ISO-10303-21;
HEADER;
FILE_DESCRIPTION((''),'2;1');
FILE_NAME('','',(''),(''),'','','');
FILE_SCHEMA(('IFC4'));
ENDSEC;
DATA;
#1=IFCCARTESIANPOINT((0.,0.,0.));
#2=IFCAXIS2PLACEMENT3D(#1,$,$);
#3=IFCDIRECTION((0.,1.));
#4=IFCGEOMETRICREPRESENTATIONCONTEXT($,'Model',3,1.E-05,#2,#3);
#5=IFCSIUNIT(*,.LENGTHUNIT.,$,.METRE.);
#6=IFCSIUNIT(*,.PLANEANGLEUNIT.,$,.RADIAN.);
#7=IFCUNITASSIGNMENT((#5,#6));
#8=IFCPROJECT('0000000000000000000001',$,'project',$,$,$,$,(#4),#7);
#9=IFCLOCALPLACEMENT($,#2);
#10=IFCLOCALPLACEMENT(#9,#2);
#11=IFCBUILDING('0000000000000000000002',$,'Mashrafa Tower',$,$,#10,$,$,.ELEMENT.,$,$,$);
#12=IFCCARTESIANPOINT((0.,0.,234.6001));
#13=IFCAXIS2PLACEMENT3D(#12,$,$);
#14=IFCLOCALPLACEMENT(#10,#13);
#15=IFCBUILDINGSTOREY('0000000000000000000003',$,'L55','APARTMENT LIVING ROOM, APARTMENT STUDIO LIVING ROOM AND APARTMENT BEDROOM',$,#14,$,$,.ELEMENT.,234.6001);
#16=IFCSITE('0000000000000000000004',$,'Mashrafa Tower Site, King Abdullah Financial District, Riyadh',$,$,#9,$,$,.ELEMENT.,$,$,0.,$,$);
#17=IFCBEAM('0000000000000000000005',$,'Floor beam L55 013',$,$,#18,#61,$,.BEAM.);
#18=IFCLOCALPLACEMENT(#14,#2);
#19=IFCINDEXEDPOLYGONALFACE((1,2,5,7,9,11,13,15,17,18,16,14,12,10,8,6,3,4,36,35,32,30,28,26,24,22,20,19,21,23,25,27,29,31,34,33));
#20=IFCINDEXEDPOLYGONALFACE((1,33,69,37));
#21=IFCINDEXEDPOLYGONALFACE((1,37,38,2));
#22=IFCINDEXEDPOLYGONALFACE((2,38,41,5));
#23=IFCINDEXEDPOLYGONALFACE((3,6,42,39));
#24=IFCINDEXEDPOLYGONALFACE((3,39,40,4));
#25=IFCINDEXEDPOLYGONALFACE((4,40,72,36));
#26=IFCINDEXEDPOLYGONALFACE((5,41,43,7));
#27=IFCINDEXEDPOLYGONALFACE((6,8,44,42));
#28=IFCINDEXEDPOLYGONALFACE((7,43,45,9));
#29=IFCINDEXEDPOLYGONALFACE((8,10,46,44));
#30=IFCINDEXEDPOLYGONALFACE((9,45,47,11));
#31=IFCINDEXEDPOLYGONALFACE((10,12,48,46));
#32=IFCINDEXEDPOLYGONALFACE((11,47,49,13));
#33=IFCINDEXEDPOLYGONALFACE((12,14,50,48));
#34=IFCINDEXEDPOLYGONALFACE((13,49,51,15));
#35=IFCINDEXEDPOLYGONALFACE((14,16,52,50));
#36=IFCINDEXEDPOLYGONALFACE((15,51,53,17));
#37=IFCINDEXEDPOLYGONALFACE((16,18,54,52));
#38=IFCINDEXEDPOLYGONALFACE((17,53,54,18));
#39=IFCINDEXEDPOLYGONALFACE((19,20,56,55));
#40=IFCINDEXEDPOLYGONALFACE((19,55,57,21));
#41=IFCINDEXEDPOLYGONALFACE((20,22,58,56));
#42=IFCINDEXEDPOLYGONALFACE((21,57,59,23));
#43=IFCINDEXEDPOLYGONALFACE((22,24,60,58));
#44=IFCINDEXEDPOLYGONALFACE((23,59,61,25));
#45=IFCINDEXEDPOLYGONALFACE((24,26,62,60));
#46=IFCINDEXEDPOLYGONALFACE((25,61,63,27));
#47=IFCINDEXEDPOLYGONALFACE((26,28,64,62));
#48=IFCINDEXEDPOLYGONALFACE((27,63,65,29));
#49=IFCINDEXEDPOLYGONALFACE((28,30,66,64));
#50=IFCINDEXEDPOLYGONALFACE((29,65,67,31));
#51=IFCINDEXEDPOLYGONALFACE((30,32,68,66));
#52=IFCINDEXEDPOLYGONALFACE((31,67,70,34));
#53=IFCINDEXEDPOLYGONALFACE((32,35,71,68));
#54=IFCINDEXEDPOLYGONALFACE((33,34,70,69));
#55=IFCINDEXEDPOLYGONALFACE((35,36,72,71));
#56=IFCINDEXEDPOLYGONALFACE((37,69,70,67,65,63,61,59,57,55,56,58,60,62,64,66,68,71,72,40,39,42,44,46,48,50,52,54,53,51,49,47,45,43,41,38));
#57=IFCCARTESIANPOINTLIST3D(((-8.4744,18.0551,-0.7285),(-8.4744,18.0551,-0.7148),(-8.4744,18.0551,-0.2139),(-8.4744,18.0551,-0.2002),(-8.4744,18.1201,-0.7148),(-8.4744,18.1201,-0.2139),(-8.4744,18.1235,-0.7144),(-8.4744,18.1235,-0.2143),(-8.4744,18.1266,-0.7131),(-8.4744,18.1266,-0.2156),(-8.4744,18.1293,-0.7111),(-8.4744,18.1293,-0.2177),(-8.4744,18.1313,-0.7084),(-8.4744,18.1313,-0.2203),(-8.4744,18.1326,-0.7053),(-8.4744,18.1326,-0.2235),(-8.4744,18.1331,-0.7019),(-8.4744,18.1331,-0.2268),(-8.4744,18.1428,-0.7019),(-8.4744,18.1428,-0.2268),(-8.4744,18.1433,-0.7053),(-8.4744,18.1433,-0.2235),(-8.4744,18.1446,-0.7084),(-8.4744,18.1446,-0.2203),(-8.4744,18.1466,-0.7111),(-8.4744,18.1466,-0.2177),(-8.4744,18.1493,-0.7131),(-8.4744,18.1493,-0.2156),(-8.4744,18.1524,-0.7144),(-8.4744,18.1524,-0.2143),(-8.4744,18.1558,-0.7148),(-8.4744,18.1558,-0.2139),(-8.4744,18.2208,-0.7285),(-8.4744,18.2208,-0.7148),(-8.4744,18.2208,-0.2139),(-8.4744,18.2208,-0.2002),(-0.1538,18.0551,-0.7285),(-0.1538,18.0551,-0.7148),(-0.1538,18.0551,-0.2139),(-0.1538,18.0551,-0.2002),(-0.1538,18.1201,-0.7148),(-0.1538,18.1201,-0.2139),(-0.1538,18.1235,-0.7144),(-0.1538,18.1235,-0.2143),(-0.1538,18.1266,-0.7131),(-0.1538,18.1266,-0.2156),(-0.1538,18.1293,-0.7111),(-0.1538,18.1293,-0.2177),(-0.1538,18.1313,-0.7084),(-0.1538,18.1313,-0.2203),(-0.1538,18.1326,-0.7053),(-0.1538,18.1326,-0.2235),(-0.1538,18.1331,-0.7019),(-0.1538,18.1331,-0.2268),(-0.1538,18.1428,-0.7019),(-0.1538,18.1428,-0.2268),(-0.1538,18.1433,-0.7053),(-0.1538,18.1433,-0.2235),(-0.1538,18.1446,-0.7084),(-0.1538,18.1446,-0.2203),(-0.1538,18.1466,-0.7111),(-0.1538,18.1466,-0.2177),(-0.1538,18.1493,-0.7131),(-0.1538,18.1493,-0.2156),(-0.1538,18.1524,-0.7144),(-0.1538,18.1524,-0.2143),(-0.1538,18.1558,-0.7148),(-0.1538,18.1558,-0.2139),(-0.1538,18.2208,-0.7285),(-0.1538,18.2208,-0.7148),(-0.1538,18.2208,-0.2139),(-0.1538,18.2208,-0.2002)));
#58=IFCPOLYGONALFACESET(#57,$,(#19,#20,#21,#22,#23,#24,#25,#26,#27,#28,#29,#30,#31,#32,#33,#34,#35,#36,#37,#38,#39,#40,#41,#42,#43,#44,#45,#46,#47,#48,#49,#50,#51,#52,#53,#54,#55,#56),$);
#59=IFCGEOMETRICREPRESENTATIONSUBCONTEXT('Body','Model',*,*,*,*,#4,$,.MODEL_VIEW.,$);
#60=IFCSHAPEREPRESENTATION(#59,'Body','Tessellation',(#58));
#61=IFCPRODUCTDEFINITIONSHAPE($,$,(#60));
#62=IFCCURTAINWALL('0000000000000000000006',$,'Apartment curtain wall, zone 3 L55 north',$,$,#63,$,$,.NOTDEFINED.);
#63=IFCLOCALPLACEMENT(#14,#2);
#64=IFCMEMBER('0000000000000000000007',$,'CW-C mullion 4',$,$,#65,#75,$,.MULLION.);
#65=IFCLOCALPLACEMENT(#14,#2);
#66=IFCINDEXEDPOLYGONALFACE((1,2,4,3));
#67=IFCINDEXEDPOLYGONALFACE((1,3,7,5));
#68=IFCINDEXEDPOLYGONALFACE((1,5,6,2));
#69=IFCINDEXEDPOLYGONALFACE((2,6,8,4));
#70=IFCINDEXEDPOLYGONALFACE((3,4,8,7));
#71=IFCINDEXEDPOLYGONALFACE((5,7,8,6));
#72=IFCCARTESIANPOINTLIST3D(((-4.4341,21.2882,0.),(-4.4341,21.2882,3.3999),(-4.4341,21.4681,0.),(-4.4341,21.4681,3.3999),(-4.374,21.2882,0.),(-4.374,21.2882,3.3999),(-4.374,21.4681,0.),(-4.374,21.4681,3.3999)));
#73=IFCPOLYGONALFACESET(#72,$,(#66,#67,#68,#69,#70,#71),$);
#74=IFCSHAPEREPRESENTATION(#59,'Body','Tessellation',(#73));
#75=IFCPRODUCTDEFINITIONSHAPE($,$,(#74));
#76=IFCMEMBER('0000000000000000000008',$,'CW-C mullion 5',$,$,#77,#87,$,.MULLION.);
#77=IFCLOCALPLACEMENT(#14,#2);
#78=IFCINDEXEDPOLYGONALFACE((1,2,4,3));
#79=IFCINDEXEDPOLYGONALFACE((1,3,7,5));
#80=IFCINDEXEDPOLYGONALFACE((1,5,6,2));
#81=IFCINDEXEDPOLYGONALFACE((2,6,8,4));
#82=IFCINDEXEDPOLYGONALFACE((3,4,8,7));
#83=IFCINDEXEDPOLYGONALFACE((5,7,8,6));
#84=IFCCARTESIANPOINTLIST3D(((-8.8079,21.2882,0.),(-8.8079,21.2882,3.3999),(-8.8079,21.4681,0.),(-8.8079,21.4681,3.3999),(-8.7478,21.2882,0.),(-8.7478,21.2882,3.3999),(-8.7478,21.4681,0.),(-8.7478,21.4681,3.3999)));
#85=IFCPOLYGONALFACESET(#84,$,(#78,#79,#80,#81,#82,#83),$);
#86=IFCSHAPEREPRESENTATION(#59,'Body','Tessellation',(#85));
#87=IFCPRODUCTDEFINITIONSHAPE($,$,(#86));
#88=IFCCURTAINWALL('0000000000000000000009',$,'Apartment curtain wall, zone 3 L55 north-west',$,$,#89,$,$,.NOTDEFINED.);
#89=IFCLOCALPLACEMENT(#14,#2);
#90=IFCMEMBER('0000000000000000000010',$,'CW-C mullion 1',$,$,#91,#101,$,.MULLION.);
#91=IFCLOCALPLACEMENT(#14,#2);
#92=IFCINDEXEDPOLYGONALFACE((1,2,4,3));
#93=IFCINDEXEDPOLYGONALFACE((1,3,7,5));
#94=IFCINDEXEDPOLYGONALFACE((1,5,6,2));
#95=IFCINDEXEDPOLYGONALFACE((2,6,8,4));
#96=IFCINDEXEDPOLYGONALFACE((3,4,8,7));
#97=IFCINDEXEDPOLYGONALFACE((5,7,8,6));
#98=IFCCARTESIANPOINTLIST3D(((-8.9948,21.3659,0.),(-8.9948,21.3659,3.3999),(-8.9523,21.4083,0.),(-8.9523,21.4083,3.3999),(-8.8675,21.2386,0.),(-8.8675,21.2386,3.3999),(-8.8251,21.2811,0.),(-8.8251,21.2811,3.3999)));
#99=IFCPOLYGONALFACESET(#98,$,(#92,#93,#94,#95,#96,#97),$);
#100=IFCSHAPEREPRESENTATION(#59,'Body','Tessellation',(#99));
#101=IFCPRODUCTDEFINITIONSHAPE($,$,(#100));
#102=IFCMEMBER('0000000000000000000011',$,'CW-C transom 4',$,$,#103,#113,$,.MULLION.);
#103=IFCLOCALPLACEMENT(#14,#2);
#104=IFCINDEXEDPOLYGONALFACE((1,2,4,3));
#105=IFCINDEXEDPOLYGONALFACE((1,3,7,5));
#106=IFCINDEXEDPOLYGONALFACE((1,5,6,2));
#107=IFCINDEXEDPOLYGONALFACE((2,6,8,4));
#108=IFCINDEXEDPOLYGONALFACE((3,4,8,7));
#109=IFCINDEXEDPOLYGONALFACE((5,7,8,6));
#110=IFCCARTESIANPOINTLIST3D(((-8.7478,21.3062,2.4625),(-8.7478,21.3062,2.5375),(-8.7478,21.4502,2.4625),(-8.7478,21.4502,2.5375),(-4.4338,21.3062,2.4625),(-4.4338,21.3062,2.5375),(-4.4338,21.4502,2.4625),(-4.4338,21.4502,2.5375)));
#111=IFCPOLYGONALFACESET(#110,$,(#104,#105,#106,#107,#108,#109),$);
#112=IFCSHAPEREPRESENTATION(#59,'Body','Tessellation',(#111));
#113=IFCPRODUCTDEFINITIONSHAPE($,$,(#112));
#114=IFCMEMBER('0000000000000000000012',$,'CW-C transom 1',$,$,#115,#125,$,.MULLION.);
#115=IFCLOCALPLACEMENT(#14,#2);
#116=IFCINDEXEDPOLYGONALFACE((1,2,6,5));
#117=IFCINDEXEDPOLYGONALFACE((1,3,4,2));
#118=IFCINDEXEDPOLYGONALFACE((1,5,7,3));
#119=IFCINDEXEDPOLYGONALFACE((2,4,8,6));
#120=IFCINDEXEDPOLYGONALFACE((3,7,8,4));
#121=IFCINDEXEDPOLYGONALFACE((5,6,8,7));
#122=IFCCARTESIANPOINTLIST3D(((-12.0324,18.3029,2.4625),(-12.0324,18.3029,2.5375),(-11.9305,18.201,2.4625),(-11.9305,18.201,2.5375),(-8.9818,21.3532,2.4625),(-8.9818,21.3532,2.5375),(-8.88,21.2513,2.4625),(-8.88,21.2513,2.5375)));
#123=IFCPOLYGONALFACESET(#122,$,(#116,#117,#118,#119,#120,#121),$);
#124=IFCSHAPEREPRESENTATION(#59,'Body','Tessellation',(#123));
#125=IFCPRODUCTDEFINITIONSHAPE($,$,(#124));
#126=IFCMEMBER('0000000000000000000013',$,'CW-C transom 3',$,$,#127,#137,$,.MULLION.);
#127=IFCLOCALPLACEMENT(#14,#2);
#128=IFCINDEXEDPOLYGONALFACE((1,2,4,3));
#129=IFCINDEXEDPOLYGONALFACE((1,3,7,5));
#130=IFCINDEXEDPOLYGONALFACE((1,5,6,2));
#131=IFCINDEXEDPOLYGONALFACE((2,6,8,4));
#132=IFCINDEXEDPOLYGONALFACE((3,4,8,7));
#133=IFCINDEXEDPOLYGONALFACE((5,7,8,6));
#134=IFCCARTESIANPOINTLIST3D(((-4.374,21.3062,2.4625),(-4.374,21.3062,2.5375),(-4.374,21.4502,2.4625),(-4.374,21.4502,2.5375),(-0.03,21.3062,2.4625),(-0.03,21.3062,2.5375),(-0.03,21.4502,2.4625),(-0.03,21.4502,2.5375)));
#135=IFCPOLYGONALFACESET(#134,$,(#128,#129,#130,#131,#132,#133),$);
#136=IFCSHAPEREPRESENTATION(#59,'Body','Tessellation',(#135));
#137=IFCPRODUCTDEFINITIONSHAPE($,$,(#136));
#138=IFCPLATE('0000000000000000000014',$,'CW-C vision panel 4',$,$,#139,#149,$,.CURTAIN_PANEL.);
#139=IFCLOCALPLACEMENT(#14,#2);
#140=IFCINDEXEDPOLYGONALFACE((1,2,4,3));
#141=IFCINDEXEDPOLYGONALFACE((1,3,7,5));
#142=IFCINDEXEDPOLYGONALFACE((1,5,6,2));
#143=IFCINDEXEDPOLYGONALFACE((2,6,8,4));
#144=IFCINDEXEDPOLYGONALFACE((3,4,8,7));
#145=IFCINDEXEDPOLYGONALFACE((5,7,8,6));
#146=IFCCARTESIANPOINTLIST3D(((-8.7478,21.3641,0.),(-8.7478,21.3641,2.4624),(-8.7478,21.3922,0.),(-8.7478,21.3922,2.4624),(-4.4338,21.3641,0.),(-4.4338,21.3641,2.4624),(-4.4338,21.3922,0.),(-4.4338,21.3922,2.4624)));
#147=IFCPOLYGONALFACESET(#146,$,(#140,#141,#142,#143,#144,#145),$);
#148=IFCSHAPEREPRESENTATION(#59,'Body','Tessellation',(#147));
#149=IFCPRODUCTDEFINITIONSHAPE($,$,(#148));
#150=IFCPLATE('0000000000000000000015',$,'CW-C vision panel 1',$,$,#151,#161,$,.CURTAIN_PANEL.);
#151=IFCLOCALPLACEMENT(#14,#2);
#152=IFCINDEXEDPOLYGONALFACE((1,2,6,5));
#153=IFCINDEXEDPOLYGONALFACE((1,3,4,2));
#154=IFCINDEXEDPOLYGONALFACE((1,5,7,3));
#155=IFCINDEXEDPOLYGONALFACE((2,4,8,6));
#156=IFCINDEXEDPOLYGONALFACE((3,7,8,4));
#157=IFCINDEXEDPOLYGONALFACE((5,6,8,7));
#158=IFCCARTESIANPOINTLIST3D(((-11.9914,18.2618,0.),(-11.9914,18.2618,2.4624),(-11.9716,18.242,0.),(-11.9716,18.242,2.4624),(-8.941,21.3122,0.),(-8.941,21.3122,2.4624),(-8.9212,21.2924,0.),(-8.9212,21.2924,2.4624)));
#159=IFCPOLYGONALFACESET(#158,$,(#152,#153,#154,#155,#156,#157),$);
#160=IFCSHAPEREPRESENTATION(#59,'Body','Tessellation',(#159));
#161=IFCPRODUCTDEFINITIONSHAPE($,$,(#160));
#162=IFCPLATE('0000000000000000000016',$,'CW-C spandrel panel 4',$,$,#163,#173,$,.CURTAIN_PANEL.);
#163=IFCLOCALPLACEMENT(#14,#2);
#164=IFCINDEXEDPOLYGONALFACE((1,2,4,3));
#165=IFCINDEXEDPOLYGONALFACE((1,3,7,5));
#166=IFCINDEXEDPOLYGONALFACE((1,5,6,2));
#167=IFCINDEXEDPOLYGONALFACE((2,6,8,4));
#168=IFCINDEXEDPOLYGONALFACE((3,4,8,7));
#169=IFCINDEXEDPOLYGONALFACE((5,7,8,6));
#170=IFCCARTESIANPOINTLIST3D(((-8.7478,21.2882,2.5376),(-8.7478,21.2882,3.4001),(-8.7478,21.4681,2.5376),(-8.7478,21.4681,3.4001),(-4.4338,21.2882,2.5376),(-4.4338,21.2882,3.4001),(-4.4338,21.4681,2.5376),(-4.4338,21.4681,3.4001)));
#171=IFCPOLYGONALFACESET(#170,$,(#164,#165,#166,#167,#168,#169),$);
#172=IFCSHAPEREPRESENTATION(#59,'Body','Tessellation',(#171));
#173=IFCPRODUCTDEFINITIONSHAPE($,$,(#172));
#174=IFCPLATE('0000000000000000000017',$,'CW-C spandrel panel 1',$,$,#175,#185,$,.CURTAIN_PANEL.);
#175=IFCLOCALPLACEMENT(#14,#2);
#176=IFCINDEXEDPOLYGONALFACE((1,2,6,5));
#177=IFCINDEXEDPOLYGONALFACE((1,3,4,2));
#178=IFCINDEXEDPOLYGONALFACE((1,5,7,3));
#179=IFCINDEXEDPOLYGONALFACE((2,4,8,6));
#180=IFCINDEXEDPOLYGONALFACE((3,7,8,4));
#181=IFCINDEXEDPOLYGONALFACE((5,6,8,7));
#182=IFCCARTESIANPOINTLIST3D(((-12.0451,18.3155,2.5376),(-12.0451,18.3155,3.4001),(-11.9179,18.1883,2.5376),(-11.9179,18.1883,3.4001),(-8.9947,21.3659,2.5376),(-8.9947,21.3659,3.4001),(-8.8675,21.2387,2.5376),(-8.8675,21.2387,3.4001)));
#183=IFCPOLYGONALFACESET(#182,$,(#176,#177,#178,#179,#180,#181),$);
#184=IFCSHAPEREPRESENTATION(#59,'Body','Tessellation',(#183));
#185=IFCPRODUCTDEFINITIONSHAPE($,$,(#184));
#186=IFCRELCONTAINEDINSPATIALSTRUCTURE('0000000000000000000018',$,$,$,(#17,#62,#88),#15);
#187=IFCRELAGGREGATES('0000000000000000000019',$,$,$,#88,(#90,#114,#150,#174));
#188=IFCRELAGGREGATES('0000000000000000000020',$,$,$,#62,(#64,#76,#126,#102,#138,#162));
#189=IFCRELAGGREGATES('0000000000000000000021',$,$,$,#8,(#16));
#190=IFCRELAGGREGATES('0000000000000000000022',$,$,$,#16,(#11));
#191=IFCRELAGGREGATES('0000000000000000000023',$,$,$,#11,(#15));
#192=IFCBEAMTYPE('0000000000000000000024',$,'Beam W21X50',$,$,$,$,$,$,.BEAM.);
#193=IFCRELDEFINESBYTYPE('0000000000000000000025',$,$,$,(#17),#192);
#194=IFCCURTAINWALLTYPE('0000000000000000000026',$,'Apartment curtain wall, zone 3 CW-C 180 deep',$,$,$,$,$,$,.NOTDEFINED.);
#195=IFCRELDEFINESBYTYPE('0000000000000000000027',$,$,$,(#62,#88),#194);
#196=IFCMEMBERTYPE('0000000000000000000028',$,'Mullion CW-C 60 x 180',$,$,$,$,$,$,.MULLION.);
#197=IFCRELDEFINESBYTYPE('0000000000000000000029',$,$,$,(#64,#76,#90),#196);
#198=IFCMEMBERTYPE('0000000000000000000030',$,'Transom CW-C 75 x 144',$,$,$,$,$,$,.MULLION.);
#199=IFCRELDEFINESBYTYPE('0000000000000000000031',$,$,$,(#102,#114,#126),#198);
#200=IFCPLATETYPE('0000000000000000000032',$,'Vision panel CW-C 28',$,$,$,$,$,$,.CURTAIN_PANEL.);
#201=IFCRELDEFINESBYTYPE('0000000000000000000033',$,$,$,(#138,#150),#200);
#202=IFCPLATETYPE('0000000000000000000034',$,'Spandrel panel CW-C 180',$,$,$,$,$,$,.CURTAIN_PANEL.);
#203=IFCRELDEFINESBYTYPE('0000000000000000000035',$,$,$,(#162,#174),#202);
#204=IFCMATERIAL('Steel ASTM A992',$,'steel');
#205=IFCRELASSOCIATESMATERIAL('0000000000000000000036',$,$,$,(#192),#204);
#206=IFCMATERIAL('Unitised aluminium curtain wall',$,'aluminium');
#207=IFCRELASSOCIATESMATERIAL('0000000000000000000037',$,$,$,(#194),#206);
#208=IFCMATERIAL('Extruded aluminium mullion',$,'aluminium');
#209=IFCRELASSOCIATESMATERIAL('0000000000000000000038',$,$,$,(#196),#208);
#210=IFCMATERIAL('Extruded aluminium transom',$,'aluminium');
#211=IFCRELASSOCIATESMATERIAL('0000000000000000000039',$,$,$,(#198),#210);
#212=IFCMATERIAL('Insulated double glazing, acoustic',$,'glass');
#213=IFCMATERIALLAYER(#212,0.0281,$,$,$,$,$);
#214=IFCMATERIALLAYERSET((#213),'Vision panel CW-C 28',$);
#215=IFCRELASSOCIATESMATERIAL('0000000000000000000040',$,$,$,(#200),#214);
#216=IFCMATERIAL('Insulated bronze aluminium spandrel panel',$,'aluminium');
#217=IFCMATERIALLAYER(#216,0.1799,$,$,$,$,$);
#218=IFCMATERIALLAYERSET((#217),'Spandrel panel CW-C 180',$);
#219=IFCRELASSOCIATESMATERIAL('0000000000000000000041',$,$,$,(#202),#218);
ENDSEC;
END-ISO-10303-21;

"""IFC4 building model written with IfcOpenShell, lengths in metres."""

from ifc_helpers import new_model, si_unit, direction, frame, origin, origin_2d, place, context, subcontext, project, spatial, rectangle, i_section, extrude, source, transform, mapped, material, layer, layer_set, material_profile, profile_set, type_object, type_shapes, element, aggregate, save


model = new_model("IFC4")

# Units and contexts
model_context = context("Model", 3, precision=1e-05, world=origin(), true_north=direction((0.0, 1.0)))
body_context = subcontext(model_context, "Body", "Model", "MODEL_VIEW")
ifc_project = project(units=[si_unit("LENGTHUNIT", "METRE"), si_unit("PLANEANGLEUNIT", "RADIAN")], contexts=[model_context])

# Site, building, storey
site_placement = place(None, origin())
site = spatial("IfcSite", under=ifc_project, at=site_placement, Name="Mashrafa Tower Site, King Abdullah Financial District, Riyadh", CompositionType="ELEMENT", RefElevation=0.0)
building_placement = place(site_placement, origin())
building = spatial("IfcBuilding", under=site, at=building_placement, Name="Mashrafa Tower", CompositionType="ELEMENT")
storey_placement = place(building_placement, frame((0.0, 0.0, 234.6001)))
storey = spatial("IfcBuildingStorey", under=building, at=storey_placement, Name="L55", Description="APARTMENT LIVING ROOM, APARTMENT STUDIO LIVING ROOM AND APARTMENT BEDROOM", CompositionType="ELEMENT", Elevation=234.6001)

# Beam
ifc_material_1 = material(Name="Steel ASTM A992", Category="steel")
ifc_material_profile_1 = material_profile(ifc_material_1, i_section(OverallWidth=0.1658, OverallDepth=0.5283, WebThickness=0.0098, FlangeThickness=0.0137, FilletRadius=0.0129, at=origin_2d()), Name="W21X50")
ifc_profile_set_1 = profile_set([ifc_material_profile_1], Name="Steel ASTM A992")
beam_type_1 = type_object("IfcBeamType", Name="Beam W21X50", PredefinedType="BEAM", material=ifc_profile_set_1)
beam_1_placement = place(storey_placement, frame((-8.4744, 18.1379, -0.4644), z_axis=(1.0, 0.0, 0.0), x_axis=(0.0, 1.0, 0.0)))
element("IfcBeam", 1, at=beam_1_placement, inside=storey, type_object=beam_type_1, Name="Floor beam L55 013", PredefinedType="BEAM", context=body_context, shape_type="SweptSolid", body=[
    extrude(i_section(OverallWidth=0.1658, OverallDepth=0.5283, WebThickness=0.0098, FlangeThickness=0.0137, FilletRadius=0.0129, at=origin_2d()), origin(), (0.0, 0.0, 1.0), 8.3206),
])

# Curtain wall, members
ifc_material_2 = material(Name="Unitised aluminium curtain wall", Category="aluminium")
curtain_wall_type = type_object("IfcCurtainWallType", Name="Apartment curtain wall, zone 3 CW-C 180 deep", PredefinedType="NOTDEFINED", material=ifc_material_2)
curtain_wall_1_placement = place(storey_placement, origin())
curtain_wall_1 = element("IfcCurtainWall", 2, at=curtain_wall_1_placement, inside=storey, type_object=curtain_wall_type, Name="Apartment curtain wall, zone 3 L55 north", PredefinedType="NOTDEFINED")
ifc_material_3 = material(Name="Extruded aluminium mullion", Category="aluminium")
ifc_material_profile_2 = material_profile(ifc_material_3, rectangle(XDim=0.1799, YDim=0.0601, at=origin_2d()), Name="Mullion 60x180")
ifc_profile_set_2 = profile_set([ifc_material_profile_2], Name="Extruded aluminium mullion")
member_type_1 = type_object("IfcMemberType", Name="Mullion CW-C 60 x 180", PredefinedType="MULLION", material=ifc_profile_set_2)
shared_shape_1 = source(origin(), body_context, "Body", "SweptSolid", [
    extrude(rectangle(XDim=0.1799, YDim=0.0601, at=origin_2d()), origin(), (0.0, 0.0, 1.0), 3.3999),
])
type_shapes(member_type_1, [shared_shape_1])
member_1_placement = place(storey_placement, frame((-4.4041, 21.3782, 0.0), z_axis=(0.0, 0.0, 1.0), x_axis=(0.0, -1.0, 0.0)))
member_1 = element("IfcMember", 3, at=member_1_placement, type_object=member_type_1, Name="CW-C mullion 4", PredefinedType="MULLION", context=body_context, shape_type="MappedRepresentation", body=[
    mapped(shared_shape_1, transform((0.0, 0.0, 0.0))),
])
member_2_placement = place(storey_placement, frame((-8.7778, 21.3782, 0.0), z_axis=(0.0, 0.0, 1.0), x_axis=(0.0, -1.0, 0.0)))
member_2 = element("IfcMember", 4, at=member_2_placement, type_object=member_type_1, Name="CW-C mullion 5", PredefinedType="MULLION", context=body_context, shape_type="MappedRepresentation", body=[
    mapped(shared_shape_1, transform((0.0, 0.0, 0.0))),
])

# Curtain wall, member
curtain_wall_2_placement = place(storey_placement, origin())
curtain_wall_2 = element("IfcCurtainWall", 5, at=curtain_wall_2_placement, inside=storey, type_object=curtain_wall_type, Name="Apartment curtain wall, zone 3 L55 north-west", PredefinedType="NOTDEFINED")
member_3_placement = place(storey_placement, frame((-8.9099, 21.3235, 0.0), z_axis=(0.0, 0.0, 1.0), x_axis=(0.707107, -0.707107, 0.0)))
member_3 = element("IfcMember", 6, at=member_3_placement, type_object=member_type_1, Name="CW-C mullion 1", PredefinedType="MULLION", context=body_context, shape_type="MappedRepresentation", body=[
    mapped(shared_shape_1, transform((0.0, 0.0, 0.0))),
])

# Members
ifc_material_4 = material(Name="Extruded aluminium transom", Category="aluminium")
ifc_material_profile_3 = material_profile(ifc_material_4, rectangle(XDim=0.144, YDim=0.075, at=origin_2d()), Name="Transom 75x144")
ifc_profile_set_3 = profile_set([ifc_material_profile_3], Name="Extruded aluminium transom")
member_type_2 = type_object("IfcMemberType", Name="Transom CW-C 75 x 144", PredefinedType="MULLION", material=ifc_profile_set_3)
shared_shape_2 = source(origin(), body_context, "Body", "SweptSolid", [
    extrude(rectangle(XDim=0.144, YDim=0.075, at=origin_2d()), origin(), (0.0, 0.0, 1.0), 4.314),
])
member_4_placement = place(storey_placement, frame((-4.4338, 21.3782, 2.5), z_axis=(-1.0, 0.0, 0.0), x_axis=(0.0, -1.0, 0.0)))
member_4 = element("IfcMember", 7, at=member_4_placement, type_object=member_type_2, Name="CW-C transom 4", PredefinedType="MULLION", context=body_context, shape_type="MappedRepresentation", body=[
    mapped(shared_shape_2, transform((0.0, 0.0, 0.0))),
])
member_5_placement = place(storey_placement, frame((-8.9309, 21.3022, 2.5), z_axis=(-0.707135, -0.707078, 0.0), x_axis=(0.707078, -0.707135, 0.0)))
member_5 = element("IfcMember", 8, at=member_5_placement, type_object=member_type_2, Name="CW-C transom 1", PredefinedType="MULLION", context=body_context, shape_type="MappedRepresentation", body=[
    mapped(shared_shape_2, transform((0.0, 0.0, 0.0))),
])
shared_shape_3 = source(origin(), body_context, "Body", "SweptSolid", [
    extrude(rectangle(XDim=0.144, YDim=0.075, at=origin_2d()), origin(), (0.0, 0.0, 1.0), 4.344),
])
type_shapes(member_type_2, [shared_shape_2, shared_shape_3])
member_6_placement = place(storey_placement, frame((-0.03, 21.3782, 2.5), z_axis=(-1.0, 0.0, 0.0), x_axis=(0.0, -1.0, 0.0)))
member_6 = element("IfcMember", 9, at=member_6_placement, type_object=member_type_2, Name="CW-C transom 3", PredefinedType="MULLION", context=body_context, shape_type="MappedRepresentation", body=[
    mapped(shared_shape_3, transform((0.0, 0.0, 0.0))),
])

# Plates
ifc_material_5 = material(Name="Insulated double glazing, acoustic", Category="glass")
ifc_layer_1 = layer(ifc_material_5, 0.0281)
ifc_layer_set_1 = layer_set([ifc_layer_1], Name="Vision panel CW-C 28")
plate_type_1 = type_object("IfcPlateType", Name="Vision panel CW-C 28", PredefinedType="CURTAIN_PANEL", material=ifc_layer_set_1)
shared_shape_4 = source(origin(), body_context, "Body", "SweptSolid", [
    extrude(rectangle(XDim=4.314, YDim=0.0281, at=origin_2d()), origin(), (0.0, 0.0, 1.0), 2.4624),
])
plate_1_placement = place(storey_placement, frame((-6.5908, 21.3782, 0.0), z_axis=(0.0, 0.0, 1.0), x_axis=(-1.0, 0.0, 0.0)))
plate_1 = element("IfcPlate", 10, at=plate_1_placement, type_object=plate_type_1, Name="CW-C vision panel 4", PredefinedType="CURTAIN_PANEL", context=body_context, shape_type="MappedRepresentation", body=[
    mapped(shared_shape_4, transform((0.0, 0.0, 0.0))),
])
plate_2_placement = place(storey_placement, frame((-10.4563, 19.7771, 0.0), z_axis=(0.0, 0.0, 1.0), x_axis=(-0.707107, -0.707107, 0.0)))
plate_2 = element("IfcPlate", 11, at=plate_2_placement, type_object=plate_type_1, Name="CW-C vision panel 1", PredefinedType="CURTAIN_PANEL", context=body_context, shape_type="MappedRepresentation", body=[
    mapped(shared_shape_4, transform((0.0, 0.0, 0.0))),
])
ifc_material_6 = material(Name="Insulated bronze aluminium spandrel panel", Category="aluminium")
ifc_layer_2 = layer(ifc_material_6, 0.1799)
ifc_layer_set_2 = layer_set([ifc_layer_2], Name="Spandrel panel CW-C 180")
plate_type_2 = type_object("IfcPlateType", Name="Spandrel panel CW-C 180", PredefinedType="CURTAIN_PANEL", material=ifc_layer_set_2)
shared_shape_5 = source(origin(), body_context, "Body", "SweptSolid", [
    extrude(rectangle(XDim=4.314, YDim=0.1799, at=origin_2d()), origin(), (0.0, 0.0, 1.0), 0.8625),
])
plate_3_placement = place(storey_placement, frame((-6.5908, 21.3782, 2.5376), z_axis=(0.0, 0.0, 1.0), x_axis=(-1.0, 0.0, 0.0)))
plate_3 = element("IfcPlate", 12, at=plate_3_placement, type_object=plate_type_2, Name="CW-C spandrel panel 4", PredefinedType="CURTAIN_PANEL", context=body_context, shape_type="MappedRepresentation", body=[
    mapped(shared_shape_5, transform((0.0, 0.0, 0.0))),
])
plate_4_placement = place(storey_placement, frame((-10.4563, 19.7771, 2.5376), z_axis=(0.0, 0.0, 1.0), x_axis=(-0.707107, -0.707107, 0.0)))
plate_4 = element("IfcPlate", 13, at=plate_4_placement, type_object=plate_type_2, Name="CW-C spandrel panel 1", PredefinedType="CURTAIN_PANEL", context=body_context, shape_type="MappedRepresentation", body=[
    mapped(shared_shape_5, transform((0.0, 0.0, 0.0))),
])
aggregate(curtain_wall_2, [member_3, member_5, plate_2, plate_4])
aggregate(curtain_wall_1, [member_1, member_2, member_6, member_4, plate_1, plate_3])

save(model, "model.ifc")
